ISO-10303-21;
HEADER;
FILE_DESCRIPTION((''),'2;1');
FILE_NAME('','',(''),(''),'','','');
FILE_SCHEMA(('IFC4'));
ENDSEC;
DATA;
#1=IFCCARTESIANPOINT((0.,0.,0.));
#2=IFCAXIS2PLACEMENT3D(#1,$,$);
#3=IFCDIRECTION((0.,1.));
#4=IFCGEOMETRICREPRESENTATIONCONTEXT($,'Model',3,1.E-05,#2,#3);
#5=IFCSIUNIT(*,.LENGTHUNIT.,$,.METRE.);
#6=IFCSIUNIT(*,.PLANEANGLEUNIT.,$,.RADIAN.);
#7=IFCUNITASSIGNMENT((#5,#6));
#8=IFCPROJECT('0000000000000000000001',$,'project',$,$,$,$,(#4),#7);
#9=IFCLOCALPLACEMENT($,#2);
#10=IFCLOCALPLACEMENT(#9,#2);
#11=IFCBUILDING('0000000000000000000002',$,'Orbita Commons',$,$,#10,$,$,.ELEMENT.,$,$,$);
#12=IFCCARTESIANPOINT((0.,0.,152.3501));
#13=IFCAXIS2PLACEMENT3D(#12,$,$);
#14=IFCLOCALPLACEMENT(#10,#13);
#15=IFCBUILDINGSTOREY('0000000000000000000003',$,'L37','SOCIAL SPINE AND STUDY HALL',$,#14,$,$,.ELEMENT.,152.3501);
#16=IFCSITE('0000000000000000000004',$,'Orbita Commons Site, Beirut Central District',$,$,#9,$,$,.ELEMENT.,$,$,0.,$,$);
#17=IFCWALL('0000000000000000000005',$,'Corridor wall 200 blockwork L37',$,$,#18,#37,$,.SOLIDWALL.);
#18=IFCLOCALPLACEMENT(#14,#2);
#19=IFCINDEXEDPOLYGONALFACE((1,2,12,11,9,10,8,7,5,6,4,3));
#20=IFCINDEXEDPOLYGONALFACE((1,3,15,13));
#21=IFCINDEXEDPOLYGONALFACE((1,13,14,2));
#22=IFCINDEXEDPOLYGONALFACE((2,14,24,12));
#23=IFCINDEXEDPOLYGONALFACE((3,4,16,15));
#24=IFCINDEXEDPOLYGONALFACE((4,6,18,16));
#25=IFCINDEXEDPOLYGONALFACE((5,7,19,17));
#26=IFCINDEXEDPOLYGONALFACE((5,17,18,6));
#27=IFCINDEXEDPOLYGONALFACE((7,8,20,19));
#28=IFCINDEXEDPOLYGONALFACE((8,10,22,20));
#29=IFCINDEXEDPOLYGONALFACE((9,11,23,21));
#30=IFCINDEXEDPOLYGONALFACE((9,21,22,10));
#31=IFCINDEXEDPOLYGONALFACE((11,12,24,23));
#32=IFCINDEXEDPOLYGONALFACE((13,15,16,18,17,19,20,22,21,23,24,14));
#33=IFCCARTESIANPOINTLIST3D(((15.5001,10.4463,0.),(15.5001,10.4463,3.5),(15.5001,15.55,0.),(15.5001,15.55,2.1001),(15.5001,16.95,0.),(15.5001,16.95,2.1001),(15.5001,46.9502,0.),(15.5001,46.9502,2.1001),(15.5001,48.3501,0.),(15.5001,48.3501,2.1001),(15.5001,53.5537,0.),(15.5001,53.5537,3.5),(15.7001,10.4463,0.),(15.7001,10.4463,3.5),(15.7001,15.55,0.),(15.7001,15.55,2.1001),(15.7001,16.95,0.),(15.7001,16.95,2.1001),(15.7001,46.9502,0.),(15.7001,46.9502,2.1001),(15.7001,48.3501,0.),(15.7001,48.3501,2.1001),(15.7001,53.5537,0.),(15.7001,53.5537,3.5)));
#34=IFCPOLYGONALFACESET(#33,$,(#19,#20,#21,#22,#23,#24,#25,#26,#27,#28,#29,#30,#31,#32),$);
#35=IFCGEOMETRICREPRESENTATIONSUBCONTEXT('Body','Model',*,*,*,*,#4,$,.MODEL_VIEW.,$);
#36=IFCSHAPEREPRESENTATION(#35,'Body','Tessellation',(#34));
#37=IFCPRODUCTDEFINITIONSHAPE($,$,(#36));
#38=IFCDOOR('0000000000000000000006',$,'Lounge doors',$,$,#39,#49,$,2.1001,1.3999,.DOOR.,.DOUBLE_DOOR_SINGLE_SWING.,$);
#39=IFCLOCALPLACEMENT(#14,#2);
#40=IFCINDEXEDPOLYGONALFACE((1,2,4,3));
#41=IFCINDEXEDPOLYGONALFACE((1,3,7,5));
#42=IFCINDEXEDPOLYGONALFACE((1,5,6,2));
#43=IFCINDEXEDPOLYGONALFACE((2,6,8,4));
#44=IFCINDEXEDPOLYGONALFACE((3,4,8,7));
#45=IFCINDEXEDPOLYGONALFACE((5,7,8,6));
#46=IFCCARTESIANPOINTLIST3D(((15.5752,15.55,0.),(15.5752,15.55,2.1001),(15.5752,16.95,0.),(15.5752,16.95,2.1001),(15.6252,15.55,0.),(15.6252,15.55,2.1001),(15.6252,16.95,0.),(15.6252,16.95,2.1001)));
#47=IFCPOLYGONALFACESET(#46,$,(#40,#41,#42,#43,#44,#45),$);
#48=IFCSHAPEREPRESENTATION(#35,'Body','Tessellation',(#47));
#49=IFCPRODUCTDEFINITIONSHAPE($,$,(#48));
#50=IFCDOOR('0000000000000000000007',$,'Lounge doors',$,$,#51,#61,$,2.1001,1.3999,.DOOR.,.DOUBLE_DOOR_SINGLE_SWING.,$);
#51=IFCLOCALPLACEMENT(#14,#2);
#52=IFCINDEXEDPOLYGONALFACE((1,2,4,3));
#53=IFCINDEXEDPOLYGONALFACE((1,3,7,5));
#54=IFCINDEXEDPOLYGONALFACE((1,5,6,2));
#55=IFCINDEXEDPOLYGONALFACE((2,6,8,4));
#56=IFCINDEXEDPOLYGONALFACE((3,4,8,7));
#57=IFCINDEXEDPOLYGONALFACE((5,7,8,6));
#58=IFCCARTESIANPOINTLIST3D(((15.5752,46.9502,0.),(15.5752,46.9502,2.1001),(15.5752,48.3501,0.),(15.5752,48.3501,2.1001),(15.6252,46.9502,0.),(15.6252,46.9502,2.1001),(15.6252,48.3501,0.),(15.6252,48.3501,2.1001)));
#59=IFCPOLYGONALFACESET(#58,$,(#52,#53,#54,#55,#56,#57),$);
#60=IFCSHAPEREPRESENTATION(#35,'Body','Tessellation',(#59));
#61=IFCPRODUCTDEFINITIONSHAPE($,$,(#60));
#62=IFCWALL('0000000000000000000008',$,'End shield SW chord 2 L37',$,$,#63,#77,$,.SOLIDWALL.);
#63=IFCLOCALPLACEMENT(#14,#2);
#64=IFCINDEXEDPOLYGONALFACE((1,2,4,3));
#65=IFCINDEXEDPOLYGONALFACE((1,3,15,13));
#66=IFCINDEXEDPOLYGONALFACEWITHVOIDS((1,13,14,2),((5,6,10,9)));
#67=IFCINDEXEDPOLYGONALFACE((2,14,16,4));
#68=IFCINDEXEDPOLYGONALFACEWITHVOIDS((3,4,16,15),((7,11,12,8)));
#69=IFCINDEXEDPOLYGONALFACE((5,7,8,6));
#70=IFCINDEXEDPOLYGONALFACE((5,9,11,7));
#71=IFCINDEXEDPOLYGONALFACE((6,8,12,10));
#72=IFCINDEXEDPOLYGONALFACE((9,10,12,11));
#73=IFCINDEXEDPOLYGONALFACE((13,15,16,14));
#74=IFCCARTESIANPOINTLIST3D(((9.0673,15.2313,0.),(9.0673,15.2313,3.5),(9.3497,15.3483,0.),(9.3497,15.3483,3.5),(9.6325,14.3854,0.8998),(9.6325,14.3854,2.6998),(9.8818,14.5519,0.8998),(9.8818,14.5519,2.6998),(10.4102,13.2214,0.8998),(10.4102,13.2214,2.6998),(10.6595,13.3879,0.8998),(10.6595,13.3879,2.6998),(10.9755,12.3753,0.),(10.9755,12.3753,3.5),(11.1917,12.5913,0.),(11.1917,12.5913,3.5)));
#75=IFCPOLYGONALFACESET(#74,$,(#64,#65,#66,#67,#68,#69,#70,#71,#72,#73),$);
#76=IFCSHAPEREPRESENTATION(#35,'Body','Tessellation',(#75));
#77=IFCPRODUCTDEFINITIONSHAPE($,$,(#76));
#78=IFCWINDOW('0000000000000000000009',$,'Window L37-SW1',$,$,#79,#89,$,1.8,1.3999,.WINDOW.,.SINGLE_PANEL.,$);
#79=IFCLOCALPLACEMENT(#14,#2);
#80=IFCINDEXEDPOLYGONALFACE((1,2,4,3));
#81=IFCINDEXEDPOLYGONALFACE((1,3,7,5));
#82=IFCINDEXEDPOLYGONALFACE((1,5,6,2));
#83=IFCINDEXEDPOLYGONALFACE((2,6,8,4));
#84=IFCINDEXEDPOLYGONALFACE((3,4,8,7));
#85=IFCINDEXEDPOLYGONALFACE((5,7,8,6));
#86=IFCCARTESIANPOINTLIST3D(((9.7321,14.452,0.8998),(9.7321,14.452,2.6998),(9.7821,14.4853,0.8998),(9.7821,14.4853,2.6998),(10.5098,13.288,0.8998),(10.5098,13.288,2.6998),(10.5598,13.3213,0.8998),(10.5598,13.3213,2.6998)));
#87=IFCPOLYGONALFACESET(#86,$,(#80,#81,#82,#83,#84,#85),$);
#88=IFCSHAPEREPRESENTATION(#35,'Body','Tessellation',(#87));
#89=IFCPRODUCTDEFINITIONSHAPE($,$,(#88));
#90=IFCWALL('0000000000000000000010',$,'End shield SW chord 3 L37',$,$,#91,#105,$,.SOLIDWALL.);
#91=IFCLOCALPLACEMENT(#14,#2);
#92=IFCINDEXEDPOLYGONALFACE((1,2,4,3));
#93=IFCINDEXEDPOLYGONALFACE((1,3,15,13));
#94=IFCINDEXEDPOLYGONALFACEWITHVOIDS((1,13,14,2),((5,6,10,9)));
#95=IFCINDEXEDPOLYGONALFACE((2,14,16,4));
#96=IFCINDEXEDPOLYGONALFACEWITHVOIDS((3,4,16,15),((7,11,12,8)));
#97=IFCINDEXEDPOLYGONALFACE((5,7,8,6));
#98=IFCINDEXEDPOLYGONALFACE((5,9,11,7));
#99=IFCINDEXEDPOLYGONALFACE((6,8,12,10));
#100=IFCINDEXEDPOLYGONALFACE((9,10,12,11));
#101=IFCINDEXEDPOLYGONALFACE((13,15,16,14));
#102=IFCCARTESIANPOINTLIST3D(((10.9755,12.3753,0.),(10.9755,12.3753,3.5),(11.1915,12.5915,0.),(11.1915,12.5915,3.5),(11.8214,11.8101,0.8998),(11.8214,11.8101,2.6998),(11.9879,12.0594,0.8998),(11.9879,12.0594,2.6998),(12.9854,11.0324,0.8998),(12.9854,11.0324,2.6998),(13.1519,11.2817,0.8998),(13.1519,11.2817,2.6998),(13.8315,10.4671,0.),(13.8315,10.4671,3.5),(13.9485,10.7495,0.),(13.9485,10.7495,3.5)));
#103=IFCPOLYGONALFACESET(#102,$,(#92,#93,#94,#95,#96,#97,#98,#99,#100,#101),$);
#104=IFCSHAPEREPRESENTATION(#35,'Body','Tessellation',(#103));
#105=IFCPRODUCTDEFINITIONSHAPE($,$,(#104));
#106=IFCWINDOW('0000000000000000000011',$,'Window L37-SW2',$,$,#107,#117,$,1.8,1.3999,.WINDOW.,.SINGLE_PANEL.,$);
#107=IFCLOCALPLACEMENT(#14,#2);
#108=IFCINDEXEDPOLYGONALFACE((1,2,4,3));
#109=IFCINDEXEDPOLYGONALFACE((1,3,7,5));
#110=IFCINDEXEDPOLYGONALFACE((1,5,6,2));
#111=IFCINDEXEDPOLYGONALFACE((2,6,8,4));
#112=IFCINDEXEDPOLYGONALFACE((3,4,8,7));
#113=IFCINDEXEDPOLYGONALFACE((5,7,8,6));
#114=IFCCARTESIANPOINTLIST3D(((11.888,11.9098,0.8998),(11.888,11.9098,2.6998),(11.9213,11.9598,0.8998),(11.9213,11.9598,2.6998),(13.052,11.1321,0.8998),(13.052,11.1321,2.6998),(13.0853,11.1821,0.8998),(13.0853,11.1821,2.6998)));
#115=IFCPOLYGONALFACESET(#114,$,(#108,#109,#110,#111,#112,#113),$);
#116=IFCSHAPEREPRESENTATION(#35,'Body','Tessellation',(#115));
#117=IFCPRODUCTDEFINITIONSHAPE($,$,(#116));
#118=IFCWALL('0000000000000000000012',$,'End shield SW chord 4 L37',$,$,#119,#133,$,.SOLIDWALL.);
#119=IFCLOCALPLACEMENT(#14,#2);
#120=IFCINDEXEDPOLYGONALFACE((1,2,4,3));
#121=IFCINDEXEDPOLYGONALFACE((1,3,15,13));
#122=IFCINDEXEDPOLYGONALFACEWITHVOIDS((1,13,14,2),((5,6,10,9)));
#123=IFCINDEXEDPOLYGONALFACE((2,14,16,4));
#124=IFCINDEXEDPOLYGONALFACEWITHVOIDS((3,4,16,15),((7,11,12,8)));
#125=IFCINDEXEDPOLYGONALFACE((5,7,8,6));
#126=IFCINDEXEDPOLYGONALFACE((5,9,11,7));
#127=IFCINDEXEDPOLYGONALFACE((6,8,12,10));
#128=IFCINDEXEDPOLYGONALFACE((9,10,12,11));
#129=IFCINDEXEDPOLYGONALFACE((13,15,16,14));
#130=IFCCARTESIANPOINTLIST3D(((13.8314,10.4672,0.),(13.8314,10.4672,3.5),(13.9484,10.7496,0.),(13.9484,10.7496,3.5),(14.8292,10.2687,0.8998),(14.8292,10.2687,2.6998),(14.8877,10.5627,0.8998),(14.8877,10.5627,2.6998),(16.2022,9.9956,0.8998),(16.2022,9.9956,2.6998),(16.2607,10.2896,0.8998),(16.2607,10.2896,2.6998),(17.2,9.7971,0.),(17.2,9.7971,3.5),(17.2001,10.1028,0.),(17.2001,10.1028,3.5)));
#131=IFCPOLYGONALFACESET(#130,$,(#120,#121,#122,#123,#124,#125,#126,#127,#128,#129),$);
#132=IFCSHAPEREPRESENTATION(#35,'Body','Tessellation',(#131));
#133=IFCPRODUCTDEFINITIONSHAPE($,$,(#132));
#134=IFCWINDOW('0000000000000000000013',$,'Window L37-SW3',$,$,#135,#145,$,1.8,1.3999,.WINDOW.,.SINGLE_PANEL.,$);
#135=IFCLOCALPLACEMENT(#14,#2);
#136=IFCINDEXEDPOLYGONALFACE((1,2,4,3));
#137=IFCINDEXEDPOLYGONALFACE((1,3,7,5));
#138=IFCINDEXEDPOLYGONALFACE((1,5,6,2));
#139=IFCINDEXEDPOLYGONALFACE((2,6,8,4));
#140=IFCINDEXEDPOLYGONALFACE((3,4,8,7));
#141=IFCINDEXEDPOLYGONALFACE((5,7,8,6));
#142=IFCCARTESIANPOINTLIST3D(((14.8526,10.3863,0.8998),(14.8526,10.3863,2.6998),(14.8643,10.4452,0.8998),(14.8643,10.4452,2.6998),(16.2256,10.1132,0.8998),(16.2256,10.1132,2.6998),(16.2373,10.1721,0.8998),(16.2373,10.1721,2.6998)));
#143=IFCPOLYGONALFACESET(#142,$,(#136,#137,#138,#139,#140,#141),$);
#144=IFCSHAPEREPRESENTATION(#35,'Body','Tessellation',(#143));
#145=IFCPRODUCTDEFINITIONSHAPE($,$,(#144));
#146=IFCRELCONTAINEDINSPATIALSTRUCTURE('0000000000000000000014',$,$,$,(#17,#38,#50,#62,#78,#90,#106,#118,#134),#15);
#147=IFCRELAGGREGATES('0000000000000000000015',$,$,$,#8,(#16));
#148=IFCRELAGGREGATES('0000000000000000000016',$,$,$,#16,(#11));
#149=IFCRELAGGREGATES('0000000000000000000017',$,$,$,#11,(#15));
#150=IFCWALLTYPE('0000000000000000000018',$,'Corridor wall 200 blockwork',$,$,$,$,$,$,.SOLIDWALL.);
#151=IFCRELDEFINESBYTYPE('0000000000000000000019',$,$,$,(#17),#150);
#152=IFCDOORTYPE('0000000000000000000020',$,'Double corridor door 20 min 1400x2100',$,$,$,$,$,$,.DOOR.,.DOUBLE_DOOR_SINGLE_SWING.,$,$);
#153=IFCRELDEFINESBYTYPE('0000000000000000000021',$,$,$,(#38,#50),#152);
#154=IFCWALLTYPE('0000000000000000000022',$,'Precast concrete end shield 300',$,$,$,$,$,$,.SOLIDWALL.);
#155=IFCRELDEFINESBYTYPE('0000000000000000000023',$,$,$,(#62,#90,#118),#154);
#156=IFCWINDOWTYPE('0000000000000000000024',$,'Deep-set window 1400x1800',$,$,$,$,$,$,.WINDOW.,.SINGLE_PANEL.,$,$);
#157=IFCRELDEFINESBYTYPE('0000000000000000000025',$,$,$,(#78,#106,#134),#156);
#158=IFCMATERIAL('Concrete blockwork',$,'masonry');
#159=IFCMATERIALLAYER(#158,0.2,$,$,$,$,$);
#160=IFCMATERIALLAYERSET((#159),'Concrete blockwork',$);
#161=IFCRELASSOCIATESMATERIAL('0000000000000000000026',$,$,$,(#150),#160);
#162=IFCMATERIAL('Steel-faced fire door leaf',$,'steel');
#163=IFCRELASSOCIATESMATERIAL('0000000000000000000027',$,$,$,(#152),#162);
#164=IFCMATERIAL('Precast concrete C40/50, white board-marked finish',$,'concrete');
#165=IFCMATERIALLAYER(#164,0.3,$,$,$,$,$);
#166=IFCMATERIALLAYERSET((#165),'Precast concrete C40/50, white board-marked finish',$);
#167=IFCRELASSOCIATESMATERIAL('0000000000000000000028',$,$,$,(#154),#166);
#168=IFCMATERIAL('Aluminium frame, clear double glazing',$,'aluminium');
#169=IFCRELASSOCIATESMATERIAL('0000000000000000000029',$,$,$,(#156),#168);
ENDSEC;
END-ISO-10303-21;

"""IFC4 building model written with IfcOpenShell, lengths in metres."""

from ifc_helpers import new_model, si_unit, direction, frame, frame_2d, origin, place, context, subcontext, project, spatial, polyline, rectangle, outline, extrude, material, layer, layer_set, type_object, element, fill, save


model = new_model("IFC4")

# Units and contexts
model_context = context("Model", 3, precision=1e-05, world=origin(), true_north=direction((0.0, 1.0)))
body_context = subcontext(model_context, "Body", "Model", "MODEL_VIEW")
ifc_project = project(units=[si_unit("LENGTHUNIT", "METRE"), si_unit("PLANEANGLEUNIT", "RADIAN")], contexts=[model_context])

# Site, building, storey
site_placement = place(None, origin())
site = spatial("IfcSite", under=ifc_project, at=site_placement, Name="Orbita Commons Site, Beirut Central District", CompositionType="ELEMENT", RefElevation=0.0)
building_placement = place(site_placement, origin())
building = spatial("IfcBuilding", under=site, at=building_placement, Name="Orbita Commons", CompositionType="ELEMENT")
storey_placement = place(building_placement, frame((0.0, 0.0, 152.3501)))
storey = spatial("IfcBuildingStorey", under=building, at=storey_placement, Name="L37", Description="SOCIAL SPINE AND STUDY HALL", CompositionType="ELEMENT", Elevation=152.3501)

# Shared definitions
ifc_material_1 = material(Name="Concrete blockwork", Category="masonry")
ifc_layer_1 = layer(ifc_material_1, 0.2)
ifc_layer_set_1 = layer_set([ifc_layer_1], Name="Concrete blockwork")
wall_type_1 = type_object("IfcWallType", Name="Corridor wall 200 blockwork", PredefinedType="SOLIDWALL", material=ifc_layer_set_1)

# Wall, openings, doors
wall_1_placement = place(storey_placement, frame((15.6001, 10.4463, 0.0), z_axis=(0.0, 0.0, 1.0), x_axis=(0.0, 1.0, 0.0)))
wall_1 = element("IfcWall", 1, at=wall_1_placement, inside=storey, type_object=wall_type_1, Name="Corridor wall 200 blockwork L37", PredefinedType="SOLIDWALL", context=body_context, shape_type="SweptSolid", body=[
    extrude(rectangle(XDim=43.1074, YDim=0.2, at=frame_2d((21.5537, 0.0))), origin(), (0.0, 0.0, 1.0), 3.5),
])
opening_1_placement = place(wall_1_placement, frame((5.1038, 0.0, 0.0)))
opening_1 = element("IfcOpeningElement", 2, at=opening_1_placement, cuts=wall_1, PredefinedType="OPENING", context=body_context, shape_type="SweptSolid", body=[
    extrude(rectangle(XDim=1.3999, YDim=2.1001, at=frame_2d((0.7, 1.05))), frame((0.0, 0.1099, 0.0), z_axis=(0.0, -1.0, 0.0), x_axis=(1.0, 0.0, 0.0)), (0.0, 0.0, 1.0), 0.22),
])
opening_2_placement = place(wall_1_placement, frame((36.5039, 0.0, 0.0)))
opening_2 = element("IfcOpeningElement", 3, at=opening_2_placement, cuts=wall_1, PredefinedType="OPENING", context=body_context, shape_type="SweptSolid", body=[
    extrude(rectangle(XDim=1.3999, YDim=2.1001, at=frame_2d((0.7, 1.05))), frame((0.0, 0.1099, 0.0), z_axis=(0.0, -1.0, 0.0), x_axis=(1.0, 0.0, 0.0)), (0.0, 0.0, 1.0), 0.22),
])
ifc_material_2 = material(Name="Steel-faced fire door leaf", Category="steel")
door_type_1 = type_object("IfcDoorType", Name="Double corridor door 20 min 1400x2100", OperationType="DOUBLE_DOOR_SINGLE_SWING", PredefinedType="DOOR", material=ifc_material_2)
door_1_placement = place(opening_1_placement, origin())
door_1 = element("IfcDoor", 4, at=door_1_placement, inside=storey, type_object=door_type_1, Name="Lounge doors", OperationType="DOUBLE_DOOR_SINGLE_SWING", OverallHeight=2.1001, OverallWidth=1.3999, PredefinedType="DOOR", context=body_context, shape_type="SweptSolid", body=[
    extrude(rectangle(XDim=1.3999, YDim=2.1001, at=frame_2d((0.7, 1.05))), frame((0.0, 0.0249, 0.0), z_axis=(0.0, -1.0, 0.0), x_axis=(1.0, 0.0, 0.0)), (0.0, 0.0, 1.0), 0.05),
])
fill(opening_1, door_1)
door_2_placement = place(opening_2_placement, origin())
door_2 = element("IfcDoor", 5, at=door_2_placement, inside=storey, type_object=door_type_1, Name="Lounge doors", OperationType="DOUBLE_DOOR_SINGLE_SWING", OverallHeight=2.1001, OverallWidth=1.3999, PredefinedType="DOOR", context=body_context, shape_type="SweptSolid", body=[
    extrude(rectangle(XDim=1.3999, YDim=2.1001, at=frame_2d((0.7, 1.05))), frame((0.0, 0.0249, 0.0), z_axis=(0.0, -1.0, 0.0), x_axis=(1.0, 0.0, 0.0)), (0.0, 0.0, 1.0), 0.05),
])
fill(opening_2, door_2)

# Walls, openings, windows
ifc_material_3 = material(Name="Precast concrete C40/50, white board-marked finish", Category="concrete")
ifc_layer_2 = layer(ifc_material_3, 0.3)
ifc_layer_set_2 = layer_set([ifc_layer_2], Name="Precast concrete C40/50, white board-marked finish")
wall_type_2 = type_object("IfcWallType", Name="Precast concrete end shield 300", PredefinedType="SOLIDWALL", material=ifc_layer_set_2)
wall_2_placement = place(storey_placement, frame((9.2085, 15.2898, 0.0), z_axis=(0.0, 0.0, 1.0), x_axis=(0.555535, -0.831493, 0.0)))
wall_2 = element("IfcWall", 6, at=wall_2_placement, inside=storey, type_object=wall_type_2, Name="End shield SW chord 2 L37", PredefinedType="SOLIDWALL", context=body_context, shape_type="SweptSolid", body=[
    extrude(outline(polyline([(-0.0298, -0.1499), (3.405, -0.1499), (3.3455, 0.1499), (0.0298, 0.1499), (-0.0298, -0.1499)])), origin(), (0.0, 0.0, 1.0), 3.5),
])
opening_3_placement = place(wall_2_placement, frame((0.9875, 0.0, 0.8999)))
opening_3 = element("IfcOpeningElement", 7, at=opening_3_placement, cuts=wall_2, PredefinedType="OPENING", context=body_context, shape_type="SweptSolid", body=[
    extrude(rectangle(XDim=1.3999, YDim=1.8, at=frame_2d((0.7, 0.8999))), frame((0.0, 0.1599, 0.0), z_axis=(0.0, -1.0, 0.0), x_axis=(1.0, 0.0, 0.0)), (0.0, 0.0, 1.0), 0.3201),
])
ifc_material_4 = material(Name="Aluminium frame, clear double glazing", Category="aluminium")
window_type = type_object("IfcWindowType", Name="Deep-set window 1400x1800", PartitioningType="SINGLE_PANEL", PredefinedType="WINDOW", material=ifc_material_4)
window_1_placement = place(opening_3_placement, origin())
window_1 = element("IfcWindow", 8, at=window_1_placement, inside=storey, type_object=window_type, Name="Window L37-SW1", OverallHeight=1.8, OverallWidth=1.3999, PartitioningType="SINGLE_PANEL", PredefinedType="WINDOW", context=body_context, shape_type="SweptSolid", body=[
    extrude(rectangle(XDim=1.3999, YDim=1.8, at=frame_2d((0.7, 0.8999))), frame((0.0, 0.03, 0.0), z_axis=(0.0, -1.0, 0.0), x_axis=(1.0, 0.0, 0.0)), (0.0, 0.0, 1.0), 0.0601),
])
fill(opening_3, window_1)
wall_3_placement = place(storey_placement, frame((11.0835, 12.4834, 0.0), z_axis=(0.0, 0.0, 1.0), x_axis=(0.831493, -0.555535, 0.0)))
wall_3 = element("IfcWall", 9, at=wall_3_placement, inside=storey, type_object=wall_type_2, Name="End shield SW chord 3 L37", PredefinedType="SOLIDWALL", context=body_context, shape_type="SweptSolid", body=[
    extrude(outline(polyline([(-0.0298, -0.1499), (3.405, -0.1499), (3.3455, 0.1499), (0.0298, 0.1499), (-0.0298, -0.1499)])), origin(), (0.0, 0.0, 1.0), 3.5),
])
opening_4_placement = place(wall_3_placement, frame((0.9875, 0.0, 0.8999)))
opening_4 = element("IfcOpeningElement", 10, at=opening_4_placement, cuts=wall_3, PredefinedType="OPENING", context=body_context, shape_type="SweptSolid", body=[
    extrude(rectangle(XDim=1.3999, YDim=1.8, at=frame_2d((0.7, 0.8999))), frame((0.0, 0.1599, 0.0), z_axis=(0.0, -1.0, 0.0), x_axis=(1.0, 0.0, 0.0)), (0.0, 0.0, 1.0), 0.3201),
])
window_2_placement = place(opening_4_placement, origin())
window_2 = element("IfcWindow", 11, at=window_2_placement, inside=storey, type_object=window_type, Name="Window L37-SW2", OverallHeight=1.8, OverallWidth=1.3999, PartitioningType="SINGLE_PANEL", PredefinedType="WINDOW", context=body_context, shape_type="SweptSolid", body=[
    extrude(rectangle(XDim=1.3999, YDim=1.8, at=frame_2d((0.7, 0.8999))), frame((0.0, 0.03, 0.0), z_axis=(0.0, -1.0, 0.0), x_axis=(1.0, 0.0, 0.0)), (0.0, 0.0, 1.0), 0.0601),
])
fill(opening_4, window_2)
wall_4_placement = place(storey_placement, frame((13.8899, 10.6084, 0.0), z_axis=(0.0, 0.0, 1.0), x_axis=(0.980783, -0.1951, 0.0)))
wall_4 = element("IfcWall", 12, at=wall_4_placement, inside=storey, type_object=wall_type_2, Name="End shield SW chord 4 L37", PredefinedType="SOLIDWALL", context=body_context, shape_type="SweptSolid", body=[
    extrude(outline(polyline([(-0.0298, -0.1499), (3.4048, -0.1499), (3.3452, 0.1499), (0.0298, 0.1499), (-0.0298, -0.1499)])), origin(), (0.0, 0.0, 1.0), 3.5),
])
opening_5_placement = place(wall_4_placement, frame((0.9875, 0.0, 0.8999)))
opening_5 = element("IfcOpeningElement", 13, at=opening_5_placement, cuts=wall_4, PredefinedType="OPENING", context=body_context, shape_type="SweptSolid", body=[
    extrude(rectangle(XDim=1.3999, YDim=1.8, at=frame_2d((0.7, 0.8999))), frame((0.0, 0.1599, 0.0), z_axis=(0.0, -1.0, 0.0), x_axis=(1.0, 0.0, 0.0)), (0.0, 0.0, 1.0), 0.3201),
])
window_3_placement = place(opening_5_placement, origin())
window_3 = element("IfcWindow", 14, at=window_3_placement, inside=storey, type_object=window_type, Name="Window L37-SW3", OverallHeight=1.8, OverallWidth=1.3999, PartitioningType="SINGLE_PANEL", PredefinedType="WINDOW", context=body_context, shape_type="SweptSolid", body=[
    extrude(rectangle(XDim=1.3999, YDim=1.8, at=frame_2d((0.7, 0.8999))), frame((0.0, 0.03, 0.0), z_axis=(0.0, -1.0, 0.0), x_axis=(1.0, 0.0, 0.0)), (0.0, 0.0, 1.0), 0.0601),
])
fill(opening_5, window_3)

save(model, "model.ifc")
